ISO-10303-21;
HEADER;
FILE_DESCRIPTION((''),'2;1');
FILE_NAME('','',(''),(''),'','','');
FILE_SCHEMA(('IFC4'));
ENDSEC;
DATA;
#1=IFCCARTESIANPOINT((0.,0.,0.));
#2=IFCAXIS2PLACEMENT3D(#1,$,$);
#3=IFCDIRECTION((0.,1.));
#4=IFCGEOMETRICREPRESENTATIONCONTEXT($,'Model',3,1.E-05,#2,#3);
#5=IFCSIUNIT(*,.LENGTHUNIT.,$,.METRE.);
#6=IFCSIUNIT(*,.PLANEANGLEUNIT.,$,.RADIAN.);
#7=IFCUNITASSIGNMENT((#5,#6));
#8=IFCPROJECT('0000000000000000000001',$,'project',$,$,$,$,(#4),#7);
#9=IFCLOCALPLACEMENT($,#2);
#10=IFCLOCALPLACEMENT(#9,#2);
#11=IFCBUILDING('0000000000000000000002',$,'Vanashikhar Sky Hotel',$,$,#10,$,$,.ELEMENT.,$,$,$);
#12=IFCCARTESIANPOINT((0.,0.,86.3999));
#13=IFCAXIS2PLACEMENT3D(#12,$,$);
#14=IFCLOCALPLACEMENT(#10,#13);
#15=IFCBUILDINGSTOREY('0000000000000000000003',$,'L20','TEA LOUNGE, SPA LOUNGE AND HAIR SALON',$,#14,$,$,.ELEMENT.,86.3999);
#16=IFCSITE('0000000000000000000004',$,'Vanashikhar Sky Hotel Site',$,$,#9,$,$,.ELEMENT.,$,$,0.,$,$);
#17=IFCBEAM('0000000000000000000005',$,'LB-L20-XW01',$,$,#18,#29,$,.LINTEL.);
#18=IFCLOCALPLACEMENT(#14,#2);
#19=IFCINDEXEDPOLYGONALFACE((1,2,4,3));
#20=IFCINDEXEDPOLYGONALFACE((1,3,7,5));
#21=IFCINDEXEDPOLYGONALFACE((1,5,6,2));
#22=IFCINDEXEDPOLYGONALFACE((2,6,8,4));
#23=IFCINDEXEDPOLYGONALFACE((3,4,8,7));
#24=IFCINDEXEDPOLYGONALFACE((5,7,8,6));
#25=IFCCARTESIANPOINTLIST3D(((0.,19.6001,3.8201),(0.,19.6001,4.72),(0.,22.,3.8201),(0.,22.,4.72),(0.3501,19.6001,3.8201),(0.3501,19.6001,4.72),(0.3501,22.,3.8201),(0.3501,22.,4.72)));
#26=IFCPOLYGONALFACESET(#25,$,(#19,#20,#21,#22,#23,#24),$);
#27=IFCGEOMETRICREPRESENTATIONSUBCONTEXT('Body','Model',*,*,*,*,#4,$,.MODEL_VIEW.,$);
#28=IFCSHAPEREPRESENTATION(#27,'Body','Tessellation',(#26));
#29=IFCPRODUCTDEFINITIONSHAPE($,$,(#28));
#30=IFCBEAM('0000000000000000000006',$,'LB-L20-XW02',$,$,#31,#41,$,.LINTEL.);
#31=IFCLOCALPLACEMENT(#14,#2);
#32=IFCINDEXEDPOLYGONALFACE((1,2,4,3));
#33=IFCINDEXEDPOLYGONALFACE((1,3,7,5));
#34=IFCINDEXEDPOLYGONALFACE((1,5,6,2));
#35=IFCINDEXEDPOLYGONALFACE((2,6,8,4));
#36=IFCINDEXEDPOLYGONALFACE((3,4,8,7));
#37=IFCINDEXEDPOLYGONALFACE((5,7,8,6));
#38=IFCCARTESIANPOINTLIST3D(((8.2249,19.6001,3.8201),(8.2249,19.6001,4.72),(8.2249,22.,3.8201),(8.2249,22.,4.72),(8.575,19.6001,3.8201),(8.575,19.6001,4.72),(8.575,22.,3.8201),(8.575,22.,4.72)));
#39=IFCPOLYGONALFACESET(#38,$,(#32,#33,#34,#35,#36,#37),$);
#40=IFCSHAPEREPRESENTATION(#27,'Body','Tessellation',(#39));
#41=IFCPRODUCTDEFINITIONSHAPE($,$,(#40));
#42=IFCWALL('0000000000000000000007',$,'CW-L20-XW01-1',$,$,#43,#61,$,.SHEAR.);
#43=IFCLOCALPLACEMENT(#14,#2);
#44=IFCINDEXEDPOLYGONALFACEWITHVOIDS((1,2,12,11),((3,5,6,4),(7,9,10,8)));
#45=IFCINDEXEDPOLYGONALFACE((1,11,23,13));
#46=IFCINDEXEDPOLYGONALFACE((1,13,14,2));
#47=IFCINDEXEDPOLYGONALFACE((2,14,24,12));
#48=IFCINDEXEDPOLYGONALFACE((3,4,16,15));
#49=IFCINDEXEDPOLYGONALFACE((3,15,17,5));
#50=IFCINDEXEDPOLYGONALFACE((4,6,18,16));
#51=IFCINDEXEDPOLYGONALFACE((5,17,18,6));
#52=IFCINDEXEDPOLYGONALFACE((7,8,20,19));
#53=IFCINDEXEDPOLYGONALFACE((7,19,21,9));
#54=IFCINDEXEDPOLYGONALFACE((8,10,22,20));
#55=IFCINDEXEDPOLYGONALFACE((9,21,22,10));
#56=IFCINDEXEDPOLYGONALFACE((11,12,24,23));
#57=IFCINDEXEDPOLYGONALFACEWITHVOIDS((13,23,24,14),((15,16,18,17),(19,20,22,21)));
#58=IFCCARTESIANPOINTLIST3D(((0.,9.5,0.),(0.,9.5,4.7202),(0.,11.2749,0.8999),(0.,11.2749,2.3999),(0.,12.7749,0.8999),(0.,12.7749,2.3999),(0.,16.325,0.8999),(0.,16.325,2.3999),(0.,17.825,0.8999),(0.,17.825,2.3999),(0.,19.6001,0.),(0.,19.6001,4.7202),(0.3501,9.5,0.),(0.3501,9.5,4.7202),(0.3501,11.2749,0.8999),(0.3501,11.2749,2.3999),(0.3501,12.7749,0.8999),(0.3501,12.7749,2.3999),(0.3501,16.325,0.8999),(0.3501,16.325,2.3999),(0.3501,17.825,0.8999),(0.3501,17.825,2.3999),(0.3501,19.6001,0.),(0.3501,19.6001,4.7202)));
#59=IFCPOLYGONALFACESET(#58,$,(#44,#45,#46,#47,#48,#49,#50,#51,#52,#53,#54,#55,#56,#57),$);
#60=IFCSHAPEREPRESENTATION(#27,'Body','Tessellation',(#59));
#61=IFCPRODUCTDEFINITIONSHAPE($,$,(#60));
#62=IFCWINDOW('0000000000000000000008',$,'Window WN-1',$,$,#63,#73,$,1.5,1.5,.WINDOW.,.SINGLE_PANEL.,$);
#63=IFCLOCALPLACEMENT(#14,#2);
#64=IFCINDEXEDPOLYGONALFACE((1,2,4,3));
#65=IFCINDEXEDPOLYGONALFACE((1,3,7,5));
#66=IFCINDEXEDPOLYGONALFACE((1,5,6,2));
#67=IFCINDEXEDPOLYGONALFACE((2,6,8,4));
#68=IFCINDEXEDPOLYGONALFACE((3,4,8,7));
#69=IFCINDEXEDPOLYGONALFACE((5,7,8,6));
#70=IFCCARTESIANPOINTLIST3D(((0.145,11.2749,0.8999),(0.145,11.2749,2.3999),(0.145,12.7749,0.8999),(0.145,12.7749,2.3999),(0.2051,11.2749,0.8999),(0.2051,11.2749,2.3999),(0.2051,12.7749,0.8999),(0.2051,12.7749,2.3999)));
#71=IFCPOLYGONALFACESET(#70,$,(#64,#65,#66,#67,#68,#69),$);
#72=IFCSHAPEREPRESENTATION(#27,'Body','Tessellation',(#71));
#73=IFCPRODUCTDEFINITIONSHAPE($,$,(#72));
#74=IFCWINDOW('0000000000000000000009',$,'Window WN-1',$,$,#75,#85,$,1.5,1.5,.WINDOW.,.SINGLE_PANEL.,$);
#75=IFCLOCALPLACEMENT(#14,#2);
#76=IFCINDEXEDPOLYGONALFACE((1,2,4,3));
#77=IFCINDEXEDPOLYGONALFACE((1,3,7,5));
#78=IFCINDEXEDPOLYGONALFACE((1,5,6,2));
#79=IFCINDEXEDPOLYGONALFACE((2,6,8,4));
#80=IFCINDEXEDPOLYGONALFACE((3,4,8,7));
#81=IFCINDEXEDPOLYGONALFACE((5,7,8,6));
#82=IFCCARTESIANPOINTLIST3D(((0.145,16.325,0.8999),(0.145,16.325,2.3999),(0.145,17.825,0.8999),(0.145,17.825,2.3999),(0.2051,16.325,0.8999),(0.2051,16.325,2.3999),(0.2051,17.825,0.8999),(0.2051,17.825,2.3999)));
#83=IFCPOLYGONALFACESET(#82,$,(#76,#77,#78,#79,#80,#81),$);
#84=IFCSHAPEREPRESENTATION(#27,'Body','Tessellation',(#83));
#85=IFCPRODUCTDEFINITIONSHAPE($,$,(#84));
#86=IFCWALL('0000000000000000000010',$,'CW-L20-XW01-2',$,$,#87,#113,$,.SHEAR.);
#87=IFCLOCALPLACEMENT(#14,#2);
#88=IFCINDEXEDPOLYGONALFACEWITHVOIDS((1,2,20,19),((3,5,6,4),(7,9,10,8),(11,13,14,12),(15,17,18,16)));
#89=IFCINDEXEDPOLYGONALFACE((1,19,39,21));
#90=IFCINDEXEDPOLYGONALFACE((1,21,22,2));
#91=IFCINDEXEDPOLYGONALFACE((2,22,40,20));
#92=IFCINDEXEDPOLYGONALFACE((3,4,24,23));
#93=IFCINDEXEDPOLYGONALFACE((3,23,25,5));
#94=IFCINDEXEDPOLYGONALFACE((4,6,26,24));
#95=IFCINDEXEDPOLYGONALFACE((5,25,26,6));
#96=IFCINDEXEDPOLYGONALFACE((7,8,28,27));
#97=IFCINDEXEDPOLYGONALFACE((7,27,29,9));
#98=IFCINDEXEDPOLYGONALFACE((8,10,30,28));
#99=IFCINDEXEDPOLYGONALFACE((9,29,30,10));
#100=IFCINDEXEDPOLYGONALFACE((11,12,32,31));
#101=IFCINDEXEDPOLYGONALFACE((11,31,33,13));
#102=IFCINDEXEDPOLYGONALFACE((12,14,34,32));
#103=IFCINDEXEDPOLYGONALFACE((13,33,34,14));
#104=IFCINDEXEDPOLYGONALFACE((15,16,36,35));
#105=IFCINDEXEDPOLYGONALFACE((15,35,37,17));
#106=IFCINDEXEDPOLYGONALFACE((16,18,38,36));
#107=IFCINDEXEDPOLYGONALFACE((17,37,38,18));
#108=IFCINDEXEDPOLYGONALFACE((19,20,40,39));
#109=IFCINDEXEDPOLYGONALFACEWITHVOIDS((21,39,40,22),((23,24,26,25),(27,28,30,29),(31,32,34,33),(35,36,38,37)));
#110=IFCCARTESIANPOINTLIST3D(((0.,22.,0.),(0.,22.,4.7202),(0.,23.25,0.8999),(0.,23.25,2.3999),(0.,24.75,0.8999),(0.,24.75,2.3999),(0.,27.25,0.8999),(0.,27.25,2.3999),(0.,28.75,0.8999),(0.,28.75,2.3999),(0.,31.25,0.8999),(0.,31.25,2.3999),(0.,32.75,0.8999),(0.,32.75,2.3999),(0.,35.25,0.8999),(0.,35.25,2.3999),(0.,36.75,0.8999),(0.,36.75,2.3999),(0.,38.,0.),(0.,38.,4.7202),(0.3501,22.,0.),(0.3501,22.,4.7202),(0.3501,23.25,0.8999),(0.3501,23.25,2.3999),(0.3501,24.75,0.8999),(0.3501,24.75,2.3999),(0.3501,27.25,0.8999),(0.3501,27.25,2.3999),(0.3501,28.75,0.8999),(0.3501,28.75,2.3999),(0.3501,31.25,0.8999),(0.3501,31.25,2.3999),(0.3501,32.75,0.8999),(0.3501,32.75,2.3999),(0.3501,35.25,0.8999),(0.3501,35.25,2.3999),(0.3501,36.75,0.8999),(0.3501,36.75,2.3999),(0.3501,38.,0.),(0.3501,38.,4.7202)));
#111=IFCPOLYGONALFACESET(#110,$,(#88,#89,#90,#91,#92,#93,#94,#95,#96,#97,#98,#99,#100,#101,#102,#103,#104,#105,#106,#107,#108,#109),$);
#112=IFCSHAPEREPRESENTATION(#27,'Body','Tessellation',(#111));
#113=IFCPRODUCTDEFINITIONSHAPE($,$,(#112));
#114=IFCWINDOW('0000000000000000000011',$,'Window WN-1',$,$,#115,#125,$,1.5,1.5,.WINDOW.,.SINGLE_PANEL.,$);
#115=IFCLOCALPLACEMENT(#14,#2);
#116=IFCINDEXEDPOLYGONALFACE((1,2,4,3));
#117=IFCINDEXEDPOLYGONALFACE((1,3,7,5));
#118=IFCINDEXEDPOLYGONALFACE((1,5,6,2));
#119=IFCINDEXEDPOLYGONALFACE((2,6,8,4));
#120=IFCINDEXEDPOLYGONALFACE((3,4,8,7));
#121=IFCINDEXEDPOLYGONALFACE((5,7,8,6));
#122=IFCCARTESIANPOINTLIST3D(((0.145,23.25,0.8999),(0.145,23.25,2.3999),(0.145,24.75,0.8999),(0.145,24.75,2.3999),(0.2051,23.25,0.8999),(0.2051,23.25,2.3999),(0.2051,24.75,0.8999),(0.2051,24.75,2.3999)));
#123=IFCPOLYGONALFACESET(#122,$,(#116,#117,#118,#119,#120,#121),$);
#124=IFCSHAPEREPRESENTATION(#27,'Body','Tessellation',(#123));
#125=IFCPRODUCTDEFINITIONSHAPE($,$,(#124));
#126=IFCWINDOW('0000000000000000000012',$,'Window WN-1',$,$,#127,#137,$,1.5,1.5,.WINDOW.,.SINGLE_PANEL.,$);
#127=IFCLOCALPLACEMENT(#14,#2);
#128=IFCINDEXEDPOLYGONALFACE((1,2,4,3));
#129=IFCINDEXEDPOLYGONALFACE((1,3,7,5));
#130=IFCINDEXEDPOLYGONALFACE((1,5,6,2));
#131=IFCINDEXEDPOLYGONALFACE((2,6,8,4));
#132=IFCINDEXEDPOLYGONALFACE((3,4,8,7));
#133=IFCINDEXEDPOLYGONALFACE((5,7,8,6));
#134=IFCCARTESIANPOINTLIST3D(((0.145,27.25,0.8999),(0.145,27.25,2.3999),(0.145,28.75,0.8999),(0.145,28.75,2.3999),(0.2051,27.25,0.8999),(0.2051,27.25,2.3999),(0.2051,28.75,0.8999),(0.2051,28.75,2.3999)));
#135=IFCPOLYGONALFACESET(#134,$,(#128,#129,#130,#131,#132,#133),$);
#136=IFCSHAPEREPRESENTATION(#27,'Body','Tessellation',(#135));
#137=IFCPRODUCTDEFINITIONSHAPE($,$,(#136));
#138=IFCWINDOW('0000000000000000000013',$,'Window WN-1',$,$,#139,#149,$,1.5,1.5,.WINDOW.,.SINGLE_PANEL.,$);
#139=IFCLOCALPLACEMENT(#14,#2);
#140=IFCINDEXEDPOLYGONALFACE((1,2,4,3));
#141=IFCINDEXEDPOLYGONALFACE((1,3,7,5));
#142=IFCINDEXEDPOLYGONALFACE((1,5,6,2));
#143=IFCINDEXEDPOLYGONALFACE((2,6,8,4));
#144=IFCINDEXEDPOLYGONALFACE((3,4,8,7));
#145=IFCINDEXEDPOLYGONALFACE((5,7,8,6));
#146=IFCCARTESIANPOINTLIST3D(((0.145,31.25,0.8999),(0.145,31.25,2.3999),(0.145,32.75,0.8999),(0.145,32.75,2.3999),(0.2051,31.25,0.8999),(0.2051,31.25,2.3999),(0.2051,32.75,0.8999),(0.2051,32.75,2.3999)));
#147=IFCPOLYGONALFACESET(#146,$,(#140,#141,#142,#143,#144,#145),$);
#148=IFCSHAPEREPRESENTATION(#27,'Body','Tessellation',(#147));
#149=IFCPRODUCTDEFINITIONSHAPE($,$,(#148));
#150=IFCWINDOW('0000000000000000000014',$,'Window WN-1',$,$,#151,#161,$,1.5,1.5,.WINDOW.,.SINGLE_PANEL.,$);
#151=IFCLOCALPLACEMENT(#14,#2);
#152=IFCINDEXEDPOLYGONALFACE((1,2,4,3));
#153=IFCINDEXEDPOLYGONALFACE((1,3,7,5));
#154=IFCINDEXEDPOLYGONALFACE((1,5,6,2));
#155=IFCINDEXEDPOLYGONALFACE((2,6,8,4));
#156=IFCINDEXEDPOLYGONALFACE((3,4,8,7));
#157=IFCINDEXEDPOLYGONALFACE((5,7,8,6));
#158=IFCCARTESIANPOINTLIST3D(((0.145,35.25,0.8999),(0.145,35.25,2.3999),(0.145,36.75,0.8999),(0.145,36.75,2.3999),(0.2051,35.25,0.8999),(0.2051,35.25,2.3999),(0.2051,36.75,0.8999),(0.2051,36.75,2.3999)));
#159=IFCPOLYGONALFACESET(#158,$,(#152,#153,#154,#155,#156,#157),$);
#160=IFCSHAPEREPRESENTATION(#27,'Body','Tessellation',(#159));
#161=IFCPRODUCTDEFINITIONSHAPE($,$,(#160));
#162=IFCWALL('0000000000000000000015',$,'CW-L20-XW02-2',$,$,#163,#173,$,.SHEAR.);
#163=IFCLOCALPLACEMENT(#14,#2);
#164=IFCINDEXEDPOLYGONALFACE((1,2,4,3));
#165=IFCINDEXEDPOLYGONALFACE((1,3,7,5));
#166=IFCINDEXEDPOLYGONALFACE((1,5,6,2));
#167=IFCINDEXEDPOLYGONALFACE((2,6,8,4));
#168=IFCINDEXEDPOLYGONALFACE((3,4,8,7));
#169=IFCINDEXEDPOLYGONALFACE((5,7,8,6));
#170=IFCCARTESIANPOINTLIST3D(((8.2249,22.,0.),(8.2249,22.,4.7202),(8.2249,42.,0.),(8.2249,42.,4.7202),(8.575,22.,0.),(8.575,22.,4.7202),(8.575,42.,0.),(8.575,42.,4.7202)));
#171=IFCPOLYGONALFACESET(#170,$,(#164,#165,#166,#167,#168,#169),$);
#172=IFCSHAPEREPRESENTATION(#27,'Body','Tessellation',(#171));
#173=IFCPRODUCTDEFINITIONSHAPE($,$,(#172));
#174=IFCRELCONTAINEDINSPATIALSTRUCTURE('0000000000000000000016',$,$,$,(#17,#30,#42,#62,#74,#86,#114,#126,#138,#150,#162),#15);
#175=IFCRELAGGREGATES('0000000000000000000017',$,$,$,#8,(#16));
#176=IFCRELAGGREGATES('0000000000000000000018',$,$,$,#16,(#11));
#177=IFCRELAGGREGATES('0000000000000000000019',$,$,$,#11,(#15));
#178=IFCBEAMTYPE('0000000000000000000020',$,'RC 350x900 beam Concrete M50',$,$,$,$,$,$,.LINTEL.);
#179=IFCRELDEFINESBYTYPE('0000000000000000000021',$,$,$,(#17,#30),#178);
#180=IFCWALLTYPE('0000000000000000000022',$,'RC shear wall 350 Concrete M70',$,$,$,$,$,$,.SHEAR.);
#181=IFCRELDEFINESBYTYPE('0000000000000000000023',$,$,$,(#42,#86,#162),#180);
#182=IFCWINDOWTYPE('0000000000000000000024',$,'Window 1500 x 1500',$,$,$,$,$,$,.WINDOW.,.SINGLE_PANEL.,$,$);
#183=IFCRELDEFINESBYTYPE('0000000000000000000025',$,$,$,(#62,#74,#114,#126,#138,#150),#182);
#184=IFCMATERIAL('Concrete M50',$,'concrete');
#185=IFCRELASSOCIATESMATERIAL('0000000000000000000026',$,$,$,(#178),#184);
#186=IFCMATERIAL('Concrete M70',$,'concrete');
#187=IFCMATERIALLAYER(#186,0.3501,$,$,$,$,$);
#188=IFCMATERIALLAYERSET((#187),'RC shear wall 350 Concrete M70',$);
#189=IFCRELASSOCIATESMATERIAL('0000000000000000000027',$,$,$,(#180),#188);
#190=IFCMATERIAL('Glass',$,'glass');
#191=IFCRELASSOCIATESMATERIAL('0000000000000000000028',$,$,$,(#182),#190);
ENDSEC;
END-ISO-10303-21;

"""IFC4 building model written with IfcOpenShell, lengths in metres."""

from ifc_helpers import new_model, si_unit, direction, frame, frame_2d, origin, origin_2d, place, context, subcontext, project, spatial, rectangle, extrude, source, transform, mapped, material, layer, layer_set, material_profile, profile_set, type_object, element, fill, save


model = new_model("IFC4")

# Units and contexts
model_context = context("Model", 3, precision=1e-05, world=origin(), true_north=direction((0.0, 1.0)))
body_context = subcontext(model_context, "Body", "Model", "MODEL_VIEW")
ifc_project = project(units=[si_unit("LENGTHUNIT", "METRE"), si_unit("PLANEANGLEUNIT", "RADIAN")], contexts=[model_context])

# Site, building, storey
site_placement = place(None, origin())
site = spatial("IfcSite", under=ifc_project, at=site_placement, Name="Vanashikhar Sky Hotel Site", CompositionType="ELEMENT", RefElevation=0.0)
building_placement = place(site_placement, origin())
building = spatial("IfcBuilding", under=site, at=building_placement, Name="Vanashikhar Sky Hotel", CompositionType="ELEMENT")
storey_placement = place(building_placement, frame((0.0, 0.0, 86.3999)))
storey = spatial("IfcBuildingStorey", under=building, at=storey_placement, Name="L20", Description="TEA LOUNGE, SPA LOUNGE AND HAIR SALON", CompositionType="ELEMENT", Elevation=86.3999)

# Beams
ifc_material_1 = material(Name="Concrete M50", Category="concrete")
ifc_material_profile_1 = material_profile(ifc_material_1, rectangle(XDim=0.3501, YDim=0.8999, at=origin_2d()))
ifc_profile_set_1 = profile_set([ifc_material_profile_1], Name="RC 350x900 beam Concrete M50")
beam_type = type_object("IfcBeamType", Name="RC 350x900 beam Concrete M50", PredefinedType="LINTEL", material=ifc_profile_set_1)
shared_shape_1 = source(origin(), body_context, "Body", "SweptSolid", [
    extrude(rectangle(XDim=0.3501, YDim=0.8999, at=origin_2d()), origin(), (0.0, 0.0, 1.0), 2.3999),
])
for number, where, z_axis, x_axis, name in (
    (1, (0.175, 19.6001, 4.27), (0.0, 1.0, 0.0), (-1.0, 0.0, 0.0), "LB-L20-XW01"),
    (2, (8.3999, 19.6001, 4.27), (0.0, 1.0, 0.0), (-1.0, 0.0, 0.0), "LB-L20-XW02"),
):
    element("IfcBeam", number, at=place(storey_placement, frame(where, z_axis=z_axis, x_axis=x_axis)), inside=storey, type_object=beam_type, Name=name, PredefinedType="LINTEL", context=body_context, shape_type="MappedRepresentation", body=[
        mapped(shared_shape_1, transform((0.0, 0.0, 0.0), scale=1.0)),
    ])

# Walls, openings, windows
ifc_material_2 = material(Name="Concrete M70", Category="concrete")
ifc_layer_1 = layer(ifc_material_2, 0.3501)
ifc_layer_set_1 = layer_set([ifc_layer_1], Name="RC shear wall 350 Concrete M70")
wall_type_1 = type_object("IfcWallType", Name="RC shear wall 350 Concrete M70", PredefinedType="SHEAR", material=ifc_layer_set_1)
shared_shape_2 = source(origin(), body_context, "Body", "SweptSolid", [
    extrude(rectangle(XDim=10.1001, YDim=0.3501, at=frame_2d((5.05, 0.0))), origin(), (0.0, 0.0, 1.0), 4.7202),
])
wall_1_placement = place(storey_placement, frame((0.175, 9.5, 0.0), z_axis=(0.0, 0.0, 1.0), x_axis=(0.0, 1.0, 0.0)))
wall_1 = element("IfcWall", 3, at=wall_1_placement, inside=storey, type_object=wall_type_1, Name="CW-L20-XW01-1", PredefinedType="SHEAR", context=body_context, shape_type="MappedRepresentation", body=[
    mapped(shared_shape_2, transform((0.0, 0.0, 0.0), scale=1.0)),
])
shared_shape_3 = source(origin(), body_context, "Body", "SweptSolid", [
    extrude(rectangle(XDim=1.5, YDim=1.5, at=frame_2d((0.75, 0.75))), frame((0.0, 0.1851, 0.0), z_axis=(0.0, -1.0, 0.0), x_axis=(1.0, 0.0, 0.0)), (0.0, 0.0, 1.0), 0.3701),
])
opening_1_placement = place(wall_1_placement, frame((1.7749, 0.0, 0.8999)))
opening_1 = element("IfcOpeningElement", 4, at=opening_1_placement, cuts=wall_1, PredefinedType="OPENING", context=body_context, shape_type="MappedRepresentation", body=[
    mapped(shared_shape_3, transform((0.0, 0.0, 0.0), scale=1.0)),
])
opening_2_placement = place(wall_1_placement, frame((6.825, 0.0, 0.8999)))
opening_2 = element("IfcOpeningElement", 5, at=opening_2_placement, cuts=wall_1, PredefinedType="OPENING", context=body_context, shape_type="MappedRepresentation", body=[
    mapped(shared_shape_3, transform((0.0, 0.0, 0.0), scale=1.0)),
])
ifc_material_3 = material(Name="Glass", Category="glass")
window_type_1 = type_object("IfcWindowType", Name="Window 1500 x 1500", PartitioningType="SINGLE_PANEL", PredefinedType="WINDOW", material=ifc_material_3)
shared_shape_4 = source(origin(), body_context, "Body", "SweptSolid", [
    extrude(rectangle(XDim=1.5, YDim=1.5, at=frame_2d((0.75, 0.75))), frame((0.0, 0.03, 0.0), z_axis=(0.0, -1.0, 0.0), x_axis=(1.0, 0.0, 0.0)), (0.0, 0.0, 1.0), 0.0601),
])
window_1_placement = place(opening_1_placement, origin())
window_1 = element("IfcWindow", 6, at=window_1_placement, inside=storey, type_object=window_type_1, Name="Window WN-1", OverallHeight=1.5, OverallWidth=1.5, PartitioningType="SINGLE_PANEL", PredefinedType="WINDOW", context=body_context, shape_type="MappedRepresentation", body=[
    mapped(shared_shape_4, transform((0.0, 0.0, 0.0), scale=1.0)),
])
fill(opening_1, window_1)
window_2_placement = place(opening_2_placement, origin())
window_2 = element("IfcWindow", 7, at=window_2_placement, inside=storey, type_object=window_type_1, Name="Window WN-1", OverallHeight=1.5, OverallWidth=1.5, PartitioningType="SINGLE_PANEL", PredefinedType="WINDOW", context=body_context, shape_type="MappedRepresentation", body=[
    mapped(shared_shape_4, transform((0.0, 0.0, 0.0), scale=1.0)),
])
fill(opening_2, window_2)
shared_shape_5 = source(origin(), body_context, "Body", "SweptSolid", [
    extrude(rectangle(XDim=16.0, YDim=0.3501, at=frame_2d((8.0, 0.0))), origin(), (0.0, 0.0, 1.0), 4.7202),
])
wall_2_placement = place(storey_placement, frame((0.175, 22.0, 0.0), z_axis=(0.0, 0.0, 1.0), x_axis=(0.0, 1.0, 0.0)))
wall_2 = element("IfcWall", 8, at=wall_2_placement, inside=storey, type_object=wall_type_1, Name="CW-L20-XW01-2", PredefinedType="SHEAR", context=body_context, shape_type="MappedRepresentation", body=[
    mapped(shared_shape_5, transform((0.0, 0.0, 0.0), scale=1.0)),
])
opening_3_placement = place(wall_2_placement, frame((1.25, 0.0, 0.8999)))
opening_3 = element("IfcOpeningElement", 9, at=opening_3_placement, cuts=wall_2, PredefinedType="OPENING", context=body_context, shape_type="MappedRepresentation", body=[
    mapped(shared_shape_3, transform((0.0, 0.0, 0.0), scale=1.0)),
])
opening_4_placement = place(wall_2_placement, frame((5.25, 0.0, 0.8999)))
opening_4 = element("IfcOpeningElement", 10, at=opening_4_placement, cuts=wall_2, PredefinedType="OPENING", context=body_context, shape_type="MappedRepresentation", body=[
    mapped(shared_shape_3, transform((0.0, 0.0, 0.0), scale=1.0)),
])
opening_5_placement = place(wall_2_placement, frame((9.25, 0.0, 0.8999)))
opening_5 = element("IfcOpeningElement", 11, at=opening_5_placement, cuts=wall_2, PredefinedType="OPENING", context=body_context, shape_type="MappedRepresentation", body=[
    mapped(shared_shape_3, transform((0.0, 0.0, 0.0), scale=1.0)),
])
opening_6_placement = place(wall_2_placement, frame((13.25, 0.0, 0.8999)))
opening_6 = element("IfcOpeningElement", 12, at=opening_6_placement, cuts=wall_2, PredefinedType="OPENING", context=body_context, shape_type="MappedRepresentation", body=[
    mapped(shared_shape_3, transform((0.0, 0.0, 0.0), scale=1.0)),
])
window_3_placement = place(opening_3_placement, origin())
window_3 = element("IfcWindow", 13, at=window_3_placement, inside=storey, type_object=window_type_1, Name="Window WN-1", OverallHeight=1.5, OverallWidth=1.5, PartitioningType="SINGLE_PANEL", PredefinedType="WINDOW", context=body_context, shape_type="MappedRepresentation", body=[
    mapped(shared_shape_4, transform((0.0, 0.0, 0.0), scale=1.0)),
])
fill(opening_3, window_3)
window_4_placement = place(opening_4_placement, origin())
window_4 = element("IfcWindow", 14, at=window_4_placement, inside=storey, type_object=window_type_1, Name="Window WN-1", OverallHeight=1.5, OverallWidth=1.5, PartitioningType="SINGLE_PANEL", PredefinedType="WINDOW", context=body_context, shape_type="MappedRepresentation", body=[
    mapped(shared_shape_4, transform((0.0, 0.0, 0.0), scale=1.0)),
])
fill(opening_4, window_4)
window_5_placement = place(opening_5_placement, origin())
window_5 = element("IfcWindow", 15, at=window_5_placement, inside=storey, type_object=window_type_1, Name="Window WN-1", OverallHeight=1.5, OverallWidth=1.5, PartitioningType="SINGLE_PANEL", PredefinedType="WINDOW", context=body_context, shape_type="MappedRepresentation", body=[
    mapped(shared_shape_4, transform((0.0, 0.0, 0.0), scale=1.0)),
])
fill(opening_5, window_5)
window_6_placement = place(opening_6_placement, origin())
window_6 = element("IfcWindow", 16, at=window_6_placement, inside=storey, type_object=window_type_1, Name="Window WN-1", OverallHeight=1.5, OverallWidth=1.5, PartitioningType="SINGLE_PANEL", PredefinedType="WINDOW", context=body_context, shape_type="MappedRepresentation", body=[
    mapped(shared_shape_4, transform((0.0, 0.0, 0.0), scale=1.0)),
])
fill(opening_6, window_6)

# Wall
shared_shape_6 = source(origin(), body_context, "Body", "SweptSolid", [
    extrude(rectangle(XDim=20.0, YDim=0.3501, at=frame_2d((10.0, 0.0))), origin(), (0.0, 0.0, 1.0), 4.7202),
])
wall_3_placement = place(storey_placement, frame((8.3999, 22.0, 0.0), z_axis=(0.0, 0.0, 1.0), x_axis=(0.0, 1.0, 0.0)))
element("IfcWall", 17, at=wall_3_placement, inside=storey, type_object=wall_type_1, Name="CW-L20-XW02-2", PredefinedType="SHEAR", context=body_context, shape_type="MappedRepresentation", body=[
    mapped(shared_shape_6, transform((0.0, 0.0, 0.0), scale=1.0)),
])

save(model, "model.ifc")
